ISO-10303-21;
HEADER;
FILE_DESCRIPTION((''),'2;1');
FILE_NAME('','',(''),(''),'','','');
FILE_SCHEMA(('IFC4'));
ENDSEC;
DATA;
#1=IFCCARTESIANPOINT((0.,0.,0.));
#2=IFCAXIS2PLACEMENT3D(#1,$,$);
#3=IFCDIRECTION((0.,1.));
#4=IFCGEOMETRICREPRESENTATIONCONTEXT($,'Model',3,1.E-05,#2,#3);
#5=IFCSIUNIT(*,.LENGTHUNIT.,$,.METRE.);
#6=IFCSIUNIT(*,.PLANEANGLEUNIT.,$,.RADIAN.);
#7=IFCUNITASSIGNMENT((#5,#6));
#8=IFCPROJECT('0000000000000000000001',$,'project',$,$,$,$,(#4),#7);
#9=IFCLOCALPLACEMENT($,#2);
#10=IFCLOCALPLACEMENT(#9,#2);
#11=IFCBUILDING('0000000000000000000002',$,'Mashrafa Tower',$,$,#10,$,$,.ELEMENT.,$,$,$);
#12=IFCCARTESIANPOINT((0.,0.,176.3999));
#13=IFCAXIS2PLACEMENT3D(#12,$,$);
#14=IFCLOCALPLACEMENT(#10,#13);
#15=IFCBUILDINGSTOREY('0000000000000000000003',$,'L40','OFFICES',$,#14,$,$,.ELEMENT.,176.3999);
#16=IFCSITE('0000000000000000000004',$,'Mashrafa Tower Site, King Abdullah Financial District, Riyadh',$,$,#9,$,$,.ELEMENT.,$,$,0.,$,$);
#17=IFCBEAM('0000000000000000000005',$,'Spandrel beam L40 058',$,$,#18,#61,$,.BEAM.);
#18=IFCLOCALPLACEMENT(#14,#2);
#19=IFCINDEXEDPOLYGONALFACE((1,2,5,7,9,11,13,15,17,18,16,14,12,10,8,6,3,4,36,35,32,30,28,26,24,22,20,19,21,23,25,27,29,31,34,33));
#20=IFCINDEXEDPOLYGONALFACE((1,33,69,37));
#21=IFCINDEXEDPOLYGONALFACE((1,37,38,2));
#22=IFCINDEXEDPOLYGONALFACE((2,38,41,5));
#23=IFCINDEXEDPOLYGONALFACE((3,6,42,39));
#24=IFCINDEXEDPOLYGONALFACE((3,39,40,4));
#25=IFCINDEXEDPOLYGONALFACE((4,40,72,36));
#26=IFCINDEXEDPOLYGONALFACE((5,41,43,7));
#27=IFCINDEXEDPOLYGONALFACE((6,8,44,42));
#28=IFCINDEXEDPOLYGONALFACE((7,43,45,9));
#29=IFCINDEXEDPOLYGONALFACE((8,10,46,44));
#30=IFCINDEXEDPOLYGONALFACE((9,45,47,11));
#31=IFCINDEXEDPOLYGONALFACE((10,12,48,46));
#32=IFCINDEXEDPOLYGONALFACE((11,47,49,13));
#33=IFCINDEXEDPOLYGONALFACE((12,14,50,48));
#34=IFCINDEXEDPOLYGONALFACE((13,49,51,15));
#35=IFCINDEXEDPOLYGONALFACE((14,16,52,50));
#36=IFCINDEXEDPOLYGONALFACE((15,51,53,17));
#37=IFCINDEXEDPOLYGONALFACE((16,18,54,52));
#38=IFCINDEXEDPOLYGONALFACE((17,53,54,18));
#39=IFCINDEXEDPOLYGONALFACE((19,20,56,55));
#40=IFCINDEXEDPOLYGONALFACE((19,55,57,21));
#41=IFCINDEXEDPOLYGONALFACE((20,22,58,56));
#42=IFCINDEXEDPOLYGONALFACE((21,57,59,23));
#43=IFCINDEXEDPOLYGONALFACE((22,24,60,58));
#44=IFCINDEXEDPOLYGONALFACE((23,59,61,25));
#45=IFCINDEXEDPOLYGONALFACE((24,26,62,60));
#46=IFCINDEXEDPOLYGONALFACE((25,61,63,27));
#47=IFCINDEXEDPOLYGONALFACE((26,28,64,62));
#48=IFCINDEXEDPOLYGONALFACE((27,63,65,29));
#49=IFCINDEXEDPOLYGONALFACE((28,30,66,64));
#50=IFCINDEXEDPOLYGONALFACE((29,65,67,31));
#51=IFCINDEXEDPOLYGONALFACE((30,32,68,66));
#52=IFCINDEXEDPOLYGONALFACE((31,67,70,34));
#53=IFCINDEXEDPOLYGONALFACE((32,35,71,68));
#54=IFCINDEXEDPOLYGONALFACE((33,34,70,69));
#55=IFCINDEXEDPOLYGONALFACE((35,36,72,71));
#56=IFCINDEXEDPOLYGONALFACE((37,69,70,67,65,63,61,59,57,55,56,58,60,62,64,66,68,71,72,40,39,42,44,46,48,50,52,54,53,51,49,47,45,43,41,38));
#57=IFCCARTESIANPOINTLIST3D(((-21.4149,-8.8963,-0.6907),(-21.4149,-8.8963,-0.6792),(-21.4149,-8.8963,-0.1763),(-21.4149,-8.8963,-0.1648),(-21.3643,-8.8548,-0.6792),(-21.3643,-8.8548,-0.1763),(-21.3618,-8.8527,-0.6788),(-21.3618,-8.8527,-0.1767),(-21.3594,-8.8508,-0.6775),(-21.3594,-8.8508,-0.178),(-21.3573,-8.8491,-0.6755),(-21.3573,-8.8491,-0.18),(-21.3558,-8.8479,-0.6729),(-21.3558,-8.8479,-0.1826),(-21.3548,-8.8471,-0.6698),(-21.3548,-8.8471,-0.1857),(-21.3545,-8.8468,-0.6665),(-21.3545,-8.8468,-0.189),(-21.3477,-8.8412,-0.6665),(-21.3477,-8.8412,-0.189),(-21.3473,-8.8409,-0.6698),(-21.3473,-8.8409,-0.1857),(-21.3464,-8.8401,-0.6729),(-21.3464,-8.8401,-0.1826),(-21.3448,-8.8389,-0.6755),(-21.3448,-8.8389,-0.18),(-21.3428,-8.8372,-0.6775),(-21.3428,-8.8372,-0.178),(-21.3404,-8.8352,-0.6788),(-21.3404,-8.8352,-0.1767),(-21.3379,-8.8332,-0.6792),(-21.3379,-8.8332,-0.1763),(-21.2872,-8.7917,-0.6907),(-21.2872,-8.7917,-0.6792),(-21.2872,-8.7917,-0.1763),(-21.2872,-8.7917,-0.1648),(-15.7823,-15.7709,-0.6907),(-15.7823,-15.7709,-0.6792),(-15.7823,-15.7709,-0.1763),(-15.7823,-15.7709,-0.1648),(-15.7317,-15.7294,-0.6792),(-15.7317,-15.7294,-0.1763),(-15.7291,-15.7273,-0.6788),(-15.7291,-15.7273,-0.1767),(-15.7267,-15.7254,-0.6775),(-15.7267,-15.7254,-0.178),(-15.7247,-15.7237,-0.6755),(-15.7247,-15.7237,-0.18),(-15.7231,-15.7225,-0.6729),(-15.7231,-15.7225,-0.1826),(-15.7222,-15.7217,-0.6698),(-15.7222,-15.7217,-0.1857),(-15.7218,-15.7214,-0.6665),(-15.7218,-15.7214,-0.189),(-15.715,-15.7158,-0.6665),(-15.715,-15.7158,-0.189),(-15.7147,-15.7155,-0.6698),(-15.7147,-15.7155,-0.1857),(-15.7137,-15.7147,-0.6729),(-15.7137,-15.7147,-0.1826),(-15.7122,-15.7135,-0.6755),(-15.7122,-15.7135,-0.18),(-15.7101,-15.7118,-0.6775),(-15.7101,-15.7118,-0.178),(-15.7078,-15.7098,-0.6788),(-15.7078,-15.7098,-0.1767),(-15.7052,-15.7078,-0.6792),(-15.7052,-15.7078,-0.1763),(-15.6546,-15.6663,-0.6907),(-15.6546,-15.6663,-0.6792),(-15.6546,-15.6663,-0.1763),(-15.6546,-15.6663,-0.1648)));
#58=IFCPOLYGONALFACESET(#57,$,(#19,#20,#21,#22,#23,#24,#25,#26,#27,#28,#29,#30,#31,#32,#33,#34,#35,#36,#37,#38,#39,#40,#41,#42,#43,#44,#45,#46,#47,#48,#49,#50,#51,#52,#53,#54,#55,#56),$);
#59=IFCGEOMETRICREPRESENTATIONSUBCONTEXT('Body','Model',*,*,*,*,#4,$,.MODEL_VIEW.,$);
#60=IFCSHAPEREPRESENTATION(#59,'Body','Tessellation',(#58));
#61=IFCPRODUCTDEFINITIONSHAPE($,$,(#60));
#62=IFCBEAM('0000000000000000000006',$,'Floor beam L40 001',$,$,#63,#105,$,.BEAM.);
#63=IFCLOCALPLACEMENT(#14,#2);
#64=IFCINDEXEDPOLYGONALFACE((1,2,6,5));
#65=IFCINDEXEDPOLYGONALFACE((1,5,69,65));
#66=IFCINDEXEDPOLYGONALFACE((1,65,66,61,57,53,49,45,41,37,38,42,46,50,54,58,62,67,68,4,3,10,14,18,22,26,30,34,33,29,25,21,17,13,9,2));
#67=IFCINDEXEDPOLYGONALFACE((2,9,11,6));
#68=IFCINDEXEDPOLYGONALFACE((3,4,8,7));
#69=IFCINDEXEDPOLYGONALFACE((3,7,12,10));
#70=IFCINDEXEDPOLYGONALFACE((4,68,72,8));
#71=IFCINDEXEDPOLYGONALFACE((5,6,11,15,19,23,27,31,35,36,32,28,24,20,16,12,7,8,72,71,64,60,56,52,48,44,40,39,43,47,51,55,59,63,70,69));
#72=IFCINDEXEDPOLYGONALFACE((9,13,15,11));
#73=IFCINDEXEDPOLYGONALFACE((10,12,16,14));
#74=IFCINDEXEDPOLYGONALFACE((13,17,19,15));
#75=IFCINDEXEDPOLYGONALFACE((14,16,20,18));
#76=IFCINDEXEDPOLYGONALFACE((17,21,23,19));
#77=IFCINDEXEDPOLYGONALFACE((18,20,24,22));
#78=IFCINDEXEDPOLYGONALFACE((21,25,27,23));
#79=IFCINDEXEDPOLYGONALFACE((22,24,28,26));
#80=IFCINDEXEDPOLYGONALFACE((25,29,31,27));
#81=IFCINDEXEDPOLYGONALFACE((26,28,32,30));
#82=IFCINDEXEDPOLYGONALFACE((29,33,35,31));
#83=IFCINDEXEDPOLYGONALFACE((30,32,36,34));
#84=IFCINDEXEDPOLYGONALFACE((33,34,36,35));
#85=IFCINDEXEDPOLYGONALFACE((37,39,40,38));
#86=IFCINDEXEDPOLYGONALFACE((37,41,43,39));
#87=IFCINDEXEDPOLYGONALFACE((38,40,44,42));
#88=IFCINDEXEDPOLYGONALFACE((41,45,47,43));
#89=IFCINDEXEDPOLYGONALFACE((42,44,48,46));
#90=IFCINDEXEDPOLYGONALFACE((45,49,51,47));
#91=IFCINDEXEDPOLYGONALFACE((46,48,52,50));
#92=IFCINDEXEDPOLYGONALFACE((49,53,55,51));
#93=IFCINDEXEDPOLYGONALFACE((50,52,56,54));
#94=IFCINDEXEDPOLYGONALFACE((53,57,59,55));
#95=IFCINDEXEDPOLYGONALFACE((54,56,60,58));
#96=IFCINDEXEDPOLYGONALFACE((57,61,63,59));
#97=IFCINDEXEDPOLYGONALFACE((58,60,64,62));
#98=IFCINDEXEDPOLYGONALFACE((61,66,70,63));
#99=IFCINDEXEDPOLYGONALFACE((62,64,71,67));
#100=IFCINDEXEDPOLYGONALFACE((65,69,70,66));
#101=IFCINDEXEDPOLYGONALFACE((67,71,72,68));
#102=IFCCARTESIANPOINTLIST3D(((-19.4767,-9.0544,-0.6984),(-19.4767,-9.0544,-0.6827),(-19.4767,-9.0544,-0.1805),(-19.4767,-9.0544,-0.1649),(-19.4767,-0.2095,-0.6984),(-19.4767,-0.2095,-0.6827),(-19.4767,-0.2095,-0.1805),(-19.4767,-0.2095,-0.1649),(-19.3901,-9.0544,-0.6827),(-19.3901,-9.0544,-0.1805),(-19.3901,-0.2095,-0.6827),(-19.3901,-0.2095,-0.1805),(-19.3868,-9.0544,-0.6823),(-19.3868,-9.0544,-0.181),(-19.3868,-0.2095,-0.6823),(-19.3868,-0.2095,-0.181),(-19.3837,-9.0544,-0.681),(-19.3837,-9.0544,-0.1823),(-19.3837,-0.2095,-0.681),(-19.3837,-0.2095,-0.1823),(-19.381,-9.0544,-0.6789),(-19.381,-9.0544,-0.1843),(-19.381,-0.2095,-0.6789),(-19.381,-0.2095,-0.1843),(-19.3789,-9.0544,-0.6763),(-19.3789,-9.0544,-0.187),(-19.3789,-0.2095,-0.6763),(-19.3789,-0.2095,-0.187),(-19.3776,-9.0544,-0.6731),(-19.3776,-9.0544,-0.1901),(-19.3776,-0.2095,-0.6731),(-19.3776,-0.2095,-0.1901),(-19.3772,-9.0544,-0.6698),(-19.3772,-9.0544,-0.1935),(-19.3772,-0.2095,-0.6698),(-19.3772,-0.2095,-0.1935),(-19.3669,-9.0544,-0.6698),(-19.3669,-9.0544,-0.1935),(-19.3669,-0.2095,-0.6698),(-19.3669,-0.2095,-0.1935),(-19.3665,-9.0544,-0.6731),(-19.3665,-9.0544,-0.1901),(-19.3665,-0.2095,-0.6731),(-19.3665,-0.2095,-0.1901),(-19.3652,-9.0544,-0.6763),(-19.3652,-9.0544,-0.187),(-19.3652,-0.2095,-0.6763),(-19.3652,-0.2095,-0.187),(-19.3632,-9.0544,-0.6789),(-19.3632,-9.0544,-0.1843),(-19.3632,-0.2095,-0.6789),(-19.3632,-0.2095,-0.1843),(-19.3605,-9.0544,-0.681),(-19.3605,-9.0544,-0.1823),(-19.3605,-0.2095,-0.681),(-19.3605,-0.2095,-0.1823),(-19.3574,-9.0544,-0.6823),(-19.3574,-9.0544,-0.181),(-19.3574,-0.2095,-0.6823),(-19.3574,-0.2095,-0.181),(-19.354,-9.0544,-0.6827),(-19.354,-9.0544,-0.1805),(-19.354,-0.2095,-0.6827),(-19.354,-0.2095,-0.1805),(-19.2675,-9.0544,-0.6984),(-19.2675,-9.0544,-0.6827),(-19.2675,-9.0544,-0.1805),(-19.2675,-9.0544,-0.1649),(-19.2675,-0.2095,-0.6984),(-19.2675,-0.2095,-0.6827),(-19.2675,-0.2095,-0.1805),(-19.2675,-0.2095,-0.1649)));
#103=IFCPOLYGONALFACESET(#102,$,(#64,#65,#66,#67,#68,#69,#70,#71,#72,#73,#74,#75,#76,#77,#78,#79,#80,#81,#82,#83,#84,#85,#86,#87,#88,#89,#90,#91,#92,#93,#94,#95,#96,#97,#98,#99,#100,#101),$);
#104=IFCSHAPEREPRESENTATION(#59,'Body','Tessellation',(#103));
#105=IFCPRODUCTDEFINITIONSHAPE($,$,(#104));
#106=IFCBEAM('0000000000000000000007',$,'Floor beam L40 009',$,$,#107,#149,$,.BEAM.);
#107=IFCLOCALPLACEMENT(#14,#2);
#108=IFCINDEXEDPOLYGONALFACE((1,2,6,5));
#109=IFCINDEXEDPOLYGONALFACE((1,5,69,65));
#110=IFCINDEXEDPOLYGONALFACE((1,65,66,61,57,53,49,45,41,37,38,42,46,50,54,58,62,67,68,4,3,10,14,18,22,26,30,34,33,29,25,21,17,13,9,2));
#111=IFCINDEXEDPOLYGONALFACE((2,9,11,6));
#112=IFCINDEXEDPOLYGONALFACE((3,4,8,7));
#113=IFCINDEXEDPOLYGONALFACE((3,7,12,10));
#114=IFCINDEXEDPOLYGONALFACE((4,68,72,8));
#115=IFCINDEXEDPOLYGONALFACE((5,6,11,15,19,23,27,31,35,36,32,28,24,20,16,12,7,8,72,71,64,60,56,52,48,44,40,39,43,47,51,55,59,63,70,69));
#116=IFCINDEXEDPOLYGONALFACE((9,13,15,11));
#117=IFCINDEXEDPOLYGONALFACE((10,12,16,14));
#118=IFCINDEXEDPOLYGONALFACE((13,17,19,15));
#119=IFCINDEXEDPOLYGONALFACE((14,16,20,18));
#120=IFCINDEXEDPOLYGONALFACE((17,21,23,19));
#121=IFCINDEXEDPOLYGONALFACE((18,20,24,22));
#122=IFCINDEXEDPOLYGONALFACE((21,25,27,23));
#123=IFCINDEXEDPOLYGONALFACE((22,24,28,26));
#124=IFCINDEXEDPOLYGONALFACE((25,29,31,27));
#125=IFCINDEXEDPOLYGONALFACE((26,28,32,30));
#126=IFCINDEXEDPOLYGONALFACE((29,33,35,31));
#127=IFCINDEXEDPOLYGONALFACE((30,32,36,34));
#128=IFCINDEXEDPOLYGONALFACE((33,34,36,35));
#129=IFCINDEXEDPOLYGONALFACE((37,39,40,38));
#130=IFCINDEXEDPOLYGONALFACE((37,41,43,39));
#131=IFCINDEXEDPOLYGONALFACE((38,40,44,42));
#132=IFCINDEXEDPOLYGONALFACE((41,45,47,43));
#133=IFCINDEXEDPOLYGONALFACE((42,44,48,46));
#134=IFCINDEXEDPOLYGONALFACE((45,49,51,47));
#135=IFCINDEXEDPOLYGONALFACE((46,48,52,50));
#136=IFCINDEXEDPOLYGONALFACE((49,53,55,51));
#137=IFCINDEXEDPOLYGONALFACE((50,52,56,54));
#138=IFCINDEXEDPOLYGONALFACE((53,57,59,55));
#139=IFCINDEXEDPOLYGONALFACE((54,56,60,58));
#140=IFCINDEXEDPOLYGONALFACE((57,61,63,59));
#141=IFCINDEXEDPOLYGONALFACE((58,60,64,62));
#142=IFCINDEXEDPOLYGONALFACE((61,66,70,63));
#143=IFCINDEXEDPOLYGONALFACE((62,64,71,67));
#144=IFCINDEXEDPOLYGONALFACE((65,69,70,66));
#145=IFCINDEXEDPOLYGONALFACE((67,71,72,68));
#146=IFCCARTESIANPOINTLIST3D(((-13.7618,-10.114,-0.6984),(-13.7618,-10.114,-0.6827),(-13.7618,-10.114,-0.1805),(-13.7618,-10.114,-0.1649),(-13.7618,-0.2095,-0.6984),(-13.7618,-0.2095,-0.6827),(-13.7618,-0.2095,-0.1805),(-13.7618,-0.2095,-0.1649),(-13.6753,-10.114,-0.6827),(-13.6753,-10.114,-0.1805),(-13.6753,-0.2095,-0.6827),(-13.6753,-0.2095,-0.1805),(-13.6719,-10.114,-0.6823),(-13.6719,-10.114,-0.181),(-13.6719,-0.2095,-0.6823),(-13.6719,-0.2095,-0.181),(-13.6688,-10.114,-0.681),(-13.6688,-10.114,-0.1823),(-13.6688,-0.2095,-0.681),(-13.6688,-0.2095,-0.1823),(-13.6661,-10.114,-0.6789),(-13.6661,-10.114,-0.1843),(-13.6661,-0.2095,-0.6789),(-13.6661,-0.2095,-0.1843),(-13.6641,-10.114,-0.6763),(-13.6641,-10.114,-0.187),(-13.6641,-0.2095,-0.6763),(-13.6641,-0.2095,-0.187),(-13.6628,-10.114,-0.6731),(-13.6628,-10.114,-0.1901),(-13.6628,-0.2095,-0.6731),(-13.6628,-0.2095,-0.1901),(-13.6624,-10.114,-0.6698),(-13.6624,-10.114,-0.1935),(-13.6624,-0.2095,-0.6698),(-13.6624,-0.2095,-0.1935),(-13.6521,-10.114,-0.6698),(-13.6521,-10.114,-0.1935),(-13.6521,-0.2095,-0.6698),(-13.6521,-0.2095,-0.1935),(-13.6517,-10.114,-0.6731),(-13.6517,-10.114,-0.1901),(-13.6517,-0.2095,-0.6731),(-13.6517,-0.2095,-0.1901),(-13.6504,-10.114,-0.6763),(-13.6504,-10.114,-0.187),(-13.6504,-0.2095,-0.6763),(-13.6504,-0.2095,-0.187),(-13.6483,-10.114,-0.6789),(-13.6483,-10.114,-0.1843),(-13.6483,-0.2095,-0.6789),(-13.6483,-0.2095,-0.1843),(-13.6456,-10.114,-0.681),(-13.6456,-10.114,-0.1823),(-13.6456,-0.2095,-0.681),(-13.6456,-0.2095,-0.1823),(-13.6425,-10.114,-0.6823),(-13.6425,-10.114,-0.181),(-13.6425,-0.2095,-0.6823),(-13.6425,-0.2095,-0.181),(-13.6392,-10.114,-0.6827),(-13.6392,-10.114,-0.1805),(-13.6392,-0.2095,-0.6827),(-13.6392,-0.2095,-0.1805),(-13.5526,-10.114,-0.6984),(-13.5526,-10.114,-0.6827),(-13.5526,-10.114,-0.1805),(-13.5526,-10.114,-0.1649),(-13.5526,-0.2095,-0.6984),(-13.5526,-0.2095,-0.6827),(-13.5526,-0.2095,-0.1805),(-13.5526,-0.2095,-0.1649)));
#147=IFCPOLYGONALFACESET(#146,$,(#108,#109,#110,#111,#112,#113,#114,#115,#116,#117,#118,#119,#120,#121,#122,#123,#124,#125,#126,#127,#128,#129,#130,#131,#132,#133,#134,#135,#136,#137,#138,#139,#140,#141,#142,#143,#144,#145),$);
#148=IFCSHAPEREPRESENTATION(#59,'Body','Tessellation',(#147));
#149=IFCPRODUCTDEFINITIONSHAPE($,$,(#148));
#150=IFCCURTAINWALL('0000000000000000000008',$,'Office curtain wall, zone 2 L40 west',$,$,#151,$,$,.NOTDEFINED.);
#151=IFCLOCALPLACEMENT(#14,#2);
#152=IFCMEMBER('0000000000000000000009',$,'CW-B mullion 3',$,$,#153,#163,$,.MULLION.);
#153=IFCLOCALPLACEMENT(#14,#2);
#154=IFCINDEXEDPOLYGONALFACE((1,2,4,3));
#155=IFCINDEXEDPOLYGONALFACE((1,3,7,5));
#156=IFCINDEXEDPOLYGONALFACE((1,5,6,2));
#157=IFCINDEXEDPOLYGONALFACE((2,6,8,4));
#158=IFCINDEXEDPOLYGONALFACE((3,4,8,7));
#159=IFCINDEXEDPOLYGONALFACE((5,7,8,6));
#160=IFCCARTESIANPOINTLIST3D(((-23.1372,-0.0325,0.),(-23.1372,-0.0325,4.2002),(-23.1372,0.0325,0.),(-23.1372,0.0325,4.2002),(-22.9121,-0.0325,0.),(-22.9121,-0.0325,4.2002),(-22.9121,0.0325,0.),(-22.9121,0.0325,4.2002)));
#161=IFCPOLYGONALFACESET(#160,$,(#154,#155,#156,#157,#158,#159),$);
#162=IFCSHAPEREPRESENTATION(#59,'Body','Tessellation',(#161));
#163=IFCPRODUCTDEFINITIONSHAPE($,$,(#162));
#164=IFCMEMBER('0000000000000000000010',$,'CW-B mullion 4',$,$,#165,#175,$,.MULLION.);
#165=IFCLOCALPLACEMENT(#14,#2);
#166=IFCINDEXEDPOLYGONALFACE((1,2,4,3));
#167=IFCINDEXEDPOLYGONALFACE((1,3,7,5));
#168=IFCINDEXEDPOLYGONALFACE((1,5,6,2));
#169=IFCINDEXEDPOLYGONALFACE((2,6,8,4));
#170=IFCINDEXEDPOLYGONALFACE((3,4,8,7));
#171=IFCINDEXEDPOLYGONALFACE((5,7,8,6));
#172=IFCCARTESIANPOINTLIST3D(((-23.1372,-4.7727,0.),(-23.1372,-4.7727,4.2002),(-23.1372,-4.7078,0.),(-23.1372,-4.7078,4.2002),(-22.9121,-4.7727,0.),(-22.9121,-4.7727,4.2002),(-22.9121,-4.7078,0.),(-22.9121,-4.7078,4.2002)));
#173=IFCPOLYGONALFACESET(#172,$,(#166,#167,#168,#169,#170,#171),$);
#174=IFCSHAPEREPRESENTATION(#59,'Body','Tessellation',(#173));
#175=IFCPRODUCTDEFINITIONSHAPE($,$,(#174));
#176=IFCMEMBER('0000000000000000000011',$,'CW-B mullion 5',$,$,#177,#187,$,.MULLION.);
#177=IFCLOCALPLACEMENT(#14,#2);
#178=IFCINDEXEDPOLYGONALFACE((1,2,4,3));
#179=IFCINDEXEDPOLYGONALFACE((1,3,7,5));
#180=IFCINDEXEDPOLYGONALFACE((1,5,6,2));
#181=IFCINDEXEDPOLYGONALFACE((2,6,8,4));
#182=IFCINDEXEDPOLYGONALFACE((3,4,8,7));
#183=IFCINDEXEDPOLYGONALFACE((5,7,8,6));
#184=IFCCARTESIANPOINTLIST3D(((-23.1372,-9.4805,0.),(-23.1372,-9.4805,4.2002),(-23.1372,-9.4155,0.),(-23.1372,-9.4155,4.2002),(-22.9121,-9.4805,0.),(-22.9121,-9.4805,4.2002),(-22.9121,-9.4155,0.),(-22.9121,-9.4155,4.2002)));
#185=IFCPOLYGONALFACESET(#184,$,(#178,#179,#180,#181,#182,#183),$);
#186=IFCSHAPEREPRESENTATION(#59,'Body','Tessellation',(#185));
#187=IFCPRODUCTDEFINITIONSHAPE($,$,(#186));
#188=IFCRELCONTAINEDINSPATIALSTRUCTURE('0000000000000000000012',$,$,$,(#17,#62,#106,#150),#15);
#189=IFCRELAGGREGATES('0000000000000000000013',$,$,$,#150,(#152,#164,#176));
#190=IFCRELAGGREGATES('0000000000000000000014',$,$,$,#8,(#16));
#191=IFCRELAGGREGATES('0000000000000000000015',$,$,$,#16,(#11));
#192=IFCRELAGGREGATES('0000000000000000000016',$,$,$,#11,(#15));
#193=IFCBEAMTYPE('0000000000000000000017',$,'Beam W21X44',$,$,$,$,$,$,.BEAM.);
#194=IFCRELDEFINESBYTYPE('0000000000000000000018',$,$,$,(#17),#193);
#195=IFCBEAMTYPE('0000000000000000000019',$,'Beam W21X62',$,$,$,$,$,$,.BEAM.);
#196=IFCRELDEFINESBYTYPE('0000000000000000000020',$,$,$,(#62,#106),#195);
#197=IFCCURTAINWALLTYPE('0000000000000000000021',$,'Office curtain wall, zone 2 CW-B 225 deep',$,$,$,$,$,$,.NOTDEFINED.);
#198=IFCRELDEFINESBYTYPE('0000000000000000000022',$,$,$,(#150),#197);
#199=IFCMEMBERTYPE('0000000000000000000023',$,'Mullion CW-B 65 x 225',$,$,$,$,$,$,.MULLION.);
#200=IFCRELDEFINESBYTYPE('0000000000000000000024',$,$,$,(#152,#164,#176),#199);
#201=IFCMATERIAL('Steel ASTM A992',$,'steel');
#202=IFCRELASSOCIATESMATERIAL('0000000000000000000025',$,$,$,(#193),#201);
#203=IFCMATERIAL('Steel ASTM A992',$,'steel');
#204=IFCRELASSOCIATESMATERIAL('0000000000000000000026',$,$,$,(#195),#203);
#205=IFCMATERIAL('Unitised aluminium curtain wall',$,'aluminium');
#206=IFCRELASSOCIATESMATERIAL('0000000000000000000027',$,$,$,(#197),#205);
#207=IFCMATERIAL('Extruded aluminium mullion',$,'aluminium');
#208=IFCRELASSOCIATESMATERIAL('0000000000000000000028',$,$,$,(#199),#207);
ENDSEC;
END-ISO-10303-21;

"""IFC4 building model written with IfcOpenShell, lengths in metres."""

from ifc_helpers import new_model, si_unit, direction, frame, origin, origin_2d, place, context, subcontext, project, spatial, rectangle, i_section, extrude, source, transform, mapped, material, material_profile, profile_set, type_object, type_shapes, element, aggregate, save


model = new_model("IFC4")

# Units and contexts
model_context = context("Model", 3, precision=1e-05, world=origin(), true_north=direction((0.0, 1.0)))
body_context = subcontext(model_context, "Body", "Model", "MODEL_VIEW")
ifc_project = project(units=[si_unit("LENGTHUNIT", "METRE"), si_unit("PLANEANGLEUNIT", "RADIAN")], contexts=[model_context])

# Site, building, storey
site_placement = place(None, origin())
site = spatial("IfcSite", under=ifc_project, at=site_placement, Name="Mashrafa Tower Site, King Abdullah Financial District, Riyadh", CompositionType="ELEMENT", RefElevation=0.0)
building_placement = place(site_placement, origin())
building = spatial("IfcBuilding", under=site, at=building_placement, Name="Mashrafa Tower", CompositionType="ELEMENT")
storey_placement = place(building_placement, frame((0.0, 0.0, 176.3999)))
storey = spatial("IfcBuildingStorey", under=building, at=storey_placement, Name="L40", Description="OFFICES", CompositionType="ELEMENT", Elevation=176.3999)

# Beams
ifc_material_1 = material(Name="Steel ASTM A992", Category="steel")
ifc_material_profile_1 = material_profile(ifc_material_1, i_section(OverallWidth=0.165, OverallDepth=0.5259, WebThickness=0.0088, FlangeThickness=0.0115, FilletRadius=0.0127, at=origin_2d()), Name="W21X44")
ifc_profile_set_1 = profile_set([ifc_material_profile_1], Name="Steel ASTM A992")
beam_type_1 = type_object("IfcBeamType", Name="Beam W21X44", PredefinedType="BEAM", material=ifc_profile_set_1)
for number, where, z_axis, x_axis, name in (
    (1, (-21.3511, -8.844, -0.4277), (0.633775, -0.773518, 0.0), (0.773518, 0.633775, 0.0), "Spandrel beam L40 058"),
):
    element("IfcBeam", number, at=place(storey_placement, frame(where, z_axis=z_axis, x_axis=x_axis)), inside=storey, type_object=beam_type_1, Name=name, PredefinedType="BEAM", context=body_context, shape_type="SweptSolid", body=[
        extrude(i_section(OverallWidth=0.165, OverallDepth=0.5259, WebThickness=0.0088, FlangeThickness=0.0115, FilletRadius=0.0127, at=origin_2d()), origin(), (0.0, 0.0, 1.0), 8.8875),
    ])
ifc_material_2 = material(Name="Steel ASTM A992", Category="steel")
ifc_material_profile_2 = material_profile(ifc_material_2, i_section(OverallWidth=0.2092, OverallDepth=0.5334, WebThickness=0.0103, FlangeThickness=0.0156, FilletRadius=0.0129, at=origin_2d()), Name="W21X62")
ifc_profile_set_2 = profile_set([ifc_material_profile_2], Name="Steel ASTM A992")
beam_type_2 = type_object("IfcBeamType", Name="Beam W21X62", PredefinedType="BEAM", material=ifc_profile_set_2)
beam_1_placement = place(storey_placement, frame((-19.3721, -9.0544, -0.4316), z_axis=(0.0, 1.0, 0.0), x_axis=(-1.0, 0.0, 0.0)))
element("IfcBeam", 2, at=beam_1_placement, inside=storey, type_object=beam_type_2, Name="Floor beam L40 001", PredefinedType="BEAM", context=body_context, shape_type="SweptSolid", body=[
    extrude(i_section(OverallWidth=0.2092, OverallDepth=0.5334, WebThickness=0.0103, FlangeThickness=0.0156, FilletRadius=0.0129, at=origin_2d()), origin(), (0.0, 0.0, 1.0), 8.845),
])
beam_2_placement = place(storey_placement, frame((-13.6572, -10.114, -0.4316), z_axis=(0.0, 1.0, 0.0), x_axis=(-1.0, 0.0, 0.0)))
element("IfcBeam", 3, at=beam_2_placement, inside=storey, type_object=beam_type_2, Name="Floor beam L40 009", PredefinedType="BEAM", context=body_context, shape_type="SweptSolid", body=[
    extrude(i_section(OverallWidth=0.2092, OverallDepth=0.5334, WebThickness=0.0103, FlangeThickness=0.0156, FilletRadius=0.0129, at=origin_2d()), origin(), (0.0, 0.0, 1.0), 9.9045),
])

# Curtain wall, members
ifc_material_3 = material(Name="Unitised aluminium curtain wall", Category="aluminium")
curtain_wall_type = type_object("IfcCurtainWallType", Name="Office curtain wall, zone 2 CW-B 225 deep", PredefinedType="NOTDEFINED", material=ifc_material_3)
curtain_wall_1_placement = place(storey_placement, origin())
curtain_wall_1 = element("IfcCurtainWall", 4, at=curtain_wall_1_placement, inside=storey, type_object=curtain_wall_type, Name="Office curtain wall, zone 2 L40 west", PredefinedType="NOTDEFINED")
ifc_material_4 = material(Name="Extruded aluminium mullion", Category="aluminium")
ifc_material_profile_3 = material_profile(ifc_material_4, rectangle(XDim=0.2251, YDim=0.0649, at=origin_2d()), Name="Mullion 65x225")
ifc_profile_set_3 = profile_set([ifc_material_profile_3], Name="Extruded aluminium mullion")
member_type_1 = type_object("IfcMemberType", Name="Mullion CW-B 65 x 225", PredefinedType="MULLION", material=ifc_profile_set_3)
shared_shape_1 = source(origin(), body_context, "Body", "SweptSolid", [
    extrude(rectangle(XDim=0.2251, YDim=0.0649, at=origin_2d()), origin(), (0.0, 0.0, 1.0), 4.2002),
])
type_shapes(member_type_1, [shared_shape_1])
member_1_placement = place(storey_placement, frame((-23.0247, 0.0, 0.0), z_axis=(0.0, 0.0, 1.0), x_axis=(1.0, 0.0, 0.0)))
member_1 = element("IfcMember", 5, at=member_1_placement, type_object=member_type_1, Name="CW-B mullion 3", PredefinedType="MULLION", context=body_context, shape_type="MappedRepresentation", body=[
    mapped(shared_shape_1, transform((0.0, 0.0, 0.0))),
])
member_2_placement = place(storey_placement, frame((-23.0247, -4.7402, 0.0), z_axis=(0.0, 0.0, 1.0), x_axis=(1.0, 0.0, 0.0)))
member_2 = element("IfcMember", 6, at=member_2_placement, type_object=member_type_1, Name="CW-B mullion 4", PredefinedType="MULLION", context=body_context, shape_type="MappedRepresentation", body=[
    mapped(shared_shape_1, transform((0.0, 0.0, 0.0))),
])
member_3_placement = place(storey_placement, frame((-23.0247, -9.448, 0.0), z_axis=(0.0, 0.0, 1.0), x_axis=(1.0, 0.0, 0.0)))
member_3 = element("IfcMember", 7, at=member_3_placement, type_object=member_type_1, Name="CW-B mullion 5", PredefinedType="MULLION", context=body_context, shape_type="MappedRepresentation", body=[
    mapped(shared_shape_1, transform((0.0, 0.0, 0.0))),
])

aggregate(curtain_wall_1, [member_1, member_2, member_3])

save(model, "model.ifc")
